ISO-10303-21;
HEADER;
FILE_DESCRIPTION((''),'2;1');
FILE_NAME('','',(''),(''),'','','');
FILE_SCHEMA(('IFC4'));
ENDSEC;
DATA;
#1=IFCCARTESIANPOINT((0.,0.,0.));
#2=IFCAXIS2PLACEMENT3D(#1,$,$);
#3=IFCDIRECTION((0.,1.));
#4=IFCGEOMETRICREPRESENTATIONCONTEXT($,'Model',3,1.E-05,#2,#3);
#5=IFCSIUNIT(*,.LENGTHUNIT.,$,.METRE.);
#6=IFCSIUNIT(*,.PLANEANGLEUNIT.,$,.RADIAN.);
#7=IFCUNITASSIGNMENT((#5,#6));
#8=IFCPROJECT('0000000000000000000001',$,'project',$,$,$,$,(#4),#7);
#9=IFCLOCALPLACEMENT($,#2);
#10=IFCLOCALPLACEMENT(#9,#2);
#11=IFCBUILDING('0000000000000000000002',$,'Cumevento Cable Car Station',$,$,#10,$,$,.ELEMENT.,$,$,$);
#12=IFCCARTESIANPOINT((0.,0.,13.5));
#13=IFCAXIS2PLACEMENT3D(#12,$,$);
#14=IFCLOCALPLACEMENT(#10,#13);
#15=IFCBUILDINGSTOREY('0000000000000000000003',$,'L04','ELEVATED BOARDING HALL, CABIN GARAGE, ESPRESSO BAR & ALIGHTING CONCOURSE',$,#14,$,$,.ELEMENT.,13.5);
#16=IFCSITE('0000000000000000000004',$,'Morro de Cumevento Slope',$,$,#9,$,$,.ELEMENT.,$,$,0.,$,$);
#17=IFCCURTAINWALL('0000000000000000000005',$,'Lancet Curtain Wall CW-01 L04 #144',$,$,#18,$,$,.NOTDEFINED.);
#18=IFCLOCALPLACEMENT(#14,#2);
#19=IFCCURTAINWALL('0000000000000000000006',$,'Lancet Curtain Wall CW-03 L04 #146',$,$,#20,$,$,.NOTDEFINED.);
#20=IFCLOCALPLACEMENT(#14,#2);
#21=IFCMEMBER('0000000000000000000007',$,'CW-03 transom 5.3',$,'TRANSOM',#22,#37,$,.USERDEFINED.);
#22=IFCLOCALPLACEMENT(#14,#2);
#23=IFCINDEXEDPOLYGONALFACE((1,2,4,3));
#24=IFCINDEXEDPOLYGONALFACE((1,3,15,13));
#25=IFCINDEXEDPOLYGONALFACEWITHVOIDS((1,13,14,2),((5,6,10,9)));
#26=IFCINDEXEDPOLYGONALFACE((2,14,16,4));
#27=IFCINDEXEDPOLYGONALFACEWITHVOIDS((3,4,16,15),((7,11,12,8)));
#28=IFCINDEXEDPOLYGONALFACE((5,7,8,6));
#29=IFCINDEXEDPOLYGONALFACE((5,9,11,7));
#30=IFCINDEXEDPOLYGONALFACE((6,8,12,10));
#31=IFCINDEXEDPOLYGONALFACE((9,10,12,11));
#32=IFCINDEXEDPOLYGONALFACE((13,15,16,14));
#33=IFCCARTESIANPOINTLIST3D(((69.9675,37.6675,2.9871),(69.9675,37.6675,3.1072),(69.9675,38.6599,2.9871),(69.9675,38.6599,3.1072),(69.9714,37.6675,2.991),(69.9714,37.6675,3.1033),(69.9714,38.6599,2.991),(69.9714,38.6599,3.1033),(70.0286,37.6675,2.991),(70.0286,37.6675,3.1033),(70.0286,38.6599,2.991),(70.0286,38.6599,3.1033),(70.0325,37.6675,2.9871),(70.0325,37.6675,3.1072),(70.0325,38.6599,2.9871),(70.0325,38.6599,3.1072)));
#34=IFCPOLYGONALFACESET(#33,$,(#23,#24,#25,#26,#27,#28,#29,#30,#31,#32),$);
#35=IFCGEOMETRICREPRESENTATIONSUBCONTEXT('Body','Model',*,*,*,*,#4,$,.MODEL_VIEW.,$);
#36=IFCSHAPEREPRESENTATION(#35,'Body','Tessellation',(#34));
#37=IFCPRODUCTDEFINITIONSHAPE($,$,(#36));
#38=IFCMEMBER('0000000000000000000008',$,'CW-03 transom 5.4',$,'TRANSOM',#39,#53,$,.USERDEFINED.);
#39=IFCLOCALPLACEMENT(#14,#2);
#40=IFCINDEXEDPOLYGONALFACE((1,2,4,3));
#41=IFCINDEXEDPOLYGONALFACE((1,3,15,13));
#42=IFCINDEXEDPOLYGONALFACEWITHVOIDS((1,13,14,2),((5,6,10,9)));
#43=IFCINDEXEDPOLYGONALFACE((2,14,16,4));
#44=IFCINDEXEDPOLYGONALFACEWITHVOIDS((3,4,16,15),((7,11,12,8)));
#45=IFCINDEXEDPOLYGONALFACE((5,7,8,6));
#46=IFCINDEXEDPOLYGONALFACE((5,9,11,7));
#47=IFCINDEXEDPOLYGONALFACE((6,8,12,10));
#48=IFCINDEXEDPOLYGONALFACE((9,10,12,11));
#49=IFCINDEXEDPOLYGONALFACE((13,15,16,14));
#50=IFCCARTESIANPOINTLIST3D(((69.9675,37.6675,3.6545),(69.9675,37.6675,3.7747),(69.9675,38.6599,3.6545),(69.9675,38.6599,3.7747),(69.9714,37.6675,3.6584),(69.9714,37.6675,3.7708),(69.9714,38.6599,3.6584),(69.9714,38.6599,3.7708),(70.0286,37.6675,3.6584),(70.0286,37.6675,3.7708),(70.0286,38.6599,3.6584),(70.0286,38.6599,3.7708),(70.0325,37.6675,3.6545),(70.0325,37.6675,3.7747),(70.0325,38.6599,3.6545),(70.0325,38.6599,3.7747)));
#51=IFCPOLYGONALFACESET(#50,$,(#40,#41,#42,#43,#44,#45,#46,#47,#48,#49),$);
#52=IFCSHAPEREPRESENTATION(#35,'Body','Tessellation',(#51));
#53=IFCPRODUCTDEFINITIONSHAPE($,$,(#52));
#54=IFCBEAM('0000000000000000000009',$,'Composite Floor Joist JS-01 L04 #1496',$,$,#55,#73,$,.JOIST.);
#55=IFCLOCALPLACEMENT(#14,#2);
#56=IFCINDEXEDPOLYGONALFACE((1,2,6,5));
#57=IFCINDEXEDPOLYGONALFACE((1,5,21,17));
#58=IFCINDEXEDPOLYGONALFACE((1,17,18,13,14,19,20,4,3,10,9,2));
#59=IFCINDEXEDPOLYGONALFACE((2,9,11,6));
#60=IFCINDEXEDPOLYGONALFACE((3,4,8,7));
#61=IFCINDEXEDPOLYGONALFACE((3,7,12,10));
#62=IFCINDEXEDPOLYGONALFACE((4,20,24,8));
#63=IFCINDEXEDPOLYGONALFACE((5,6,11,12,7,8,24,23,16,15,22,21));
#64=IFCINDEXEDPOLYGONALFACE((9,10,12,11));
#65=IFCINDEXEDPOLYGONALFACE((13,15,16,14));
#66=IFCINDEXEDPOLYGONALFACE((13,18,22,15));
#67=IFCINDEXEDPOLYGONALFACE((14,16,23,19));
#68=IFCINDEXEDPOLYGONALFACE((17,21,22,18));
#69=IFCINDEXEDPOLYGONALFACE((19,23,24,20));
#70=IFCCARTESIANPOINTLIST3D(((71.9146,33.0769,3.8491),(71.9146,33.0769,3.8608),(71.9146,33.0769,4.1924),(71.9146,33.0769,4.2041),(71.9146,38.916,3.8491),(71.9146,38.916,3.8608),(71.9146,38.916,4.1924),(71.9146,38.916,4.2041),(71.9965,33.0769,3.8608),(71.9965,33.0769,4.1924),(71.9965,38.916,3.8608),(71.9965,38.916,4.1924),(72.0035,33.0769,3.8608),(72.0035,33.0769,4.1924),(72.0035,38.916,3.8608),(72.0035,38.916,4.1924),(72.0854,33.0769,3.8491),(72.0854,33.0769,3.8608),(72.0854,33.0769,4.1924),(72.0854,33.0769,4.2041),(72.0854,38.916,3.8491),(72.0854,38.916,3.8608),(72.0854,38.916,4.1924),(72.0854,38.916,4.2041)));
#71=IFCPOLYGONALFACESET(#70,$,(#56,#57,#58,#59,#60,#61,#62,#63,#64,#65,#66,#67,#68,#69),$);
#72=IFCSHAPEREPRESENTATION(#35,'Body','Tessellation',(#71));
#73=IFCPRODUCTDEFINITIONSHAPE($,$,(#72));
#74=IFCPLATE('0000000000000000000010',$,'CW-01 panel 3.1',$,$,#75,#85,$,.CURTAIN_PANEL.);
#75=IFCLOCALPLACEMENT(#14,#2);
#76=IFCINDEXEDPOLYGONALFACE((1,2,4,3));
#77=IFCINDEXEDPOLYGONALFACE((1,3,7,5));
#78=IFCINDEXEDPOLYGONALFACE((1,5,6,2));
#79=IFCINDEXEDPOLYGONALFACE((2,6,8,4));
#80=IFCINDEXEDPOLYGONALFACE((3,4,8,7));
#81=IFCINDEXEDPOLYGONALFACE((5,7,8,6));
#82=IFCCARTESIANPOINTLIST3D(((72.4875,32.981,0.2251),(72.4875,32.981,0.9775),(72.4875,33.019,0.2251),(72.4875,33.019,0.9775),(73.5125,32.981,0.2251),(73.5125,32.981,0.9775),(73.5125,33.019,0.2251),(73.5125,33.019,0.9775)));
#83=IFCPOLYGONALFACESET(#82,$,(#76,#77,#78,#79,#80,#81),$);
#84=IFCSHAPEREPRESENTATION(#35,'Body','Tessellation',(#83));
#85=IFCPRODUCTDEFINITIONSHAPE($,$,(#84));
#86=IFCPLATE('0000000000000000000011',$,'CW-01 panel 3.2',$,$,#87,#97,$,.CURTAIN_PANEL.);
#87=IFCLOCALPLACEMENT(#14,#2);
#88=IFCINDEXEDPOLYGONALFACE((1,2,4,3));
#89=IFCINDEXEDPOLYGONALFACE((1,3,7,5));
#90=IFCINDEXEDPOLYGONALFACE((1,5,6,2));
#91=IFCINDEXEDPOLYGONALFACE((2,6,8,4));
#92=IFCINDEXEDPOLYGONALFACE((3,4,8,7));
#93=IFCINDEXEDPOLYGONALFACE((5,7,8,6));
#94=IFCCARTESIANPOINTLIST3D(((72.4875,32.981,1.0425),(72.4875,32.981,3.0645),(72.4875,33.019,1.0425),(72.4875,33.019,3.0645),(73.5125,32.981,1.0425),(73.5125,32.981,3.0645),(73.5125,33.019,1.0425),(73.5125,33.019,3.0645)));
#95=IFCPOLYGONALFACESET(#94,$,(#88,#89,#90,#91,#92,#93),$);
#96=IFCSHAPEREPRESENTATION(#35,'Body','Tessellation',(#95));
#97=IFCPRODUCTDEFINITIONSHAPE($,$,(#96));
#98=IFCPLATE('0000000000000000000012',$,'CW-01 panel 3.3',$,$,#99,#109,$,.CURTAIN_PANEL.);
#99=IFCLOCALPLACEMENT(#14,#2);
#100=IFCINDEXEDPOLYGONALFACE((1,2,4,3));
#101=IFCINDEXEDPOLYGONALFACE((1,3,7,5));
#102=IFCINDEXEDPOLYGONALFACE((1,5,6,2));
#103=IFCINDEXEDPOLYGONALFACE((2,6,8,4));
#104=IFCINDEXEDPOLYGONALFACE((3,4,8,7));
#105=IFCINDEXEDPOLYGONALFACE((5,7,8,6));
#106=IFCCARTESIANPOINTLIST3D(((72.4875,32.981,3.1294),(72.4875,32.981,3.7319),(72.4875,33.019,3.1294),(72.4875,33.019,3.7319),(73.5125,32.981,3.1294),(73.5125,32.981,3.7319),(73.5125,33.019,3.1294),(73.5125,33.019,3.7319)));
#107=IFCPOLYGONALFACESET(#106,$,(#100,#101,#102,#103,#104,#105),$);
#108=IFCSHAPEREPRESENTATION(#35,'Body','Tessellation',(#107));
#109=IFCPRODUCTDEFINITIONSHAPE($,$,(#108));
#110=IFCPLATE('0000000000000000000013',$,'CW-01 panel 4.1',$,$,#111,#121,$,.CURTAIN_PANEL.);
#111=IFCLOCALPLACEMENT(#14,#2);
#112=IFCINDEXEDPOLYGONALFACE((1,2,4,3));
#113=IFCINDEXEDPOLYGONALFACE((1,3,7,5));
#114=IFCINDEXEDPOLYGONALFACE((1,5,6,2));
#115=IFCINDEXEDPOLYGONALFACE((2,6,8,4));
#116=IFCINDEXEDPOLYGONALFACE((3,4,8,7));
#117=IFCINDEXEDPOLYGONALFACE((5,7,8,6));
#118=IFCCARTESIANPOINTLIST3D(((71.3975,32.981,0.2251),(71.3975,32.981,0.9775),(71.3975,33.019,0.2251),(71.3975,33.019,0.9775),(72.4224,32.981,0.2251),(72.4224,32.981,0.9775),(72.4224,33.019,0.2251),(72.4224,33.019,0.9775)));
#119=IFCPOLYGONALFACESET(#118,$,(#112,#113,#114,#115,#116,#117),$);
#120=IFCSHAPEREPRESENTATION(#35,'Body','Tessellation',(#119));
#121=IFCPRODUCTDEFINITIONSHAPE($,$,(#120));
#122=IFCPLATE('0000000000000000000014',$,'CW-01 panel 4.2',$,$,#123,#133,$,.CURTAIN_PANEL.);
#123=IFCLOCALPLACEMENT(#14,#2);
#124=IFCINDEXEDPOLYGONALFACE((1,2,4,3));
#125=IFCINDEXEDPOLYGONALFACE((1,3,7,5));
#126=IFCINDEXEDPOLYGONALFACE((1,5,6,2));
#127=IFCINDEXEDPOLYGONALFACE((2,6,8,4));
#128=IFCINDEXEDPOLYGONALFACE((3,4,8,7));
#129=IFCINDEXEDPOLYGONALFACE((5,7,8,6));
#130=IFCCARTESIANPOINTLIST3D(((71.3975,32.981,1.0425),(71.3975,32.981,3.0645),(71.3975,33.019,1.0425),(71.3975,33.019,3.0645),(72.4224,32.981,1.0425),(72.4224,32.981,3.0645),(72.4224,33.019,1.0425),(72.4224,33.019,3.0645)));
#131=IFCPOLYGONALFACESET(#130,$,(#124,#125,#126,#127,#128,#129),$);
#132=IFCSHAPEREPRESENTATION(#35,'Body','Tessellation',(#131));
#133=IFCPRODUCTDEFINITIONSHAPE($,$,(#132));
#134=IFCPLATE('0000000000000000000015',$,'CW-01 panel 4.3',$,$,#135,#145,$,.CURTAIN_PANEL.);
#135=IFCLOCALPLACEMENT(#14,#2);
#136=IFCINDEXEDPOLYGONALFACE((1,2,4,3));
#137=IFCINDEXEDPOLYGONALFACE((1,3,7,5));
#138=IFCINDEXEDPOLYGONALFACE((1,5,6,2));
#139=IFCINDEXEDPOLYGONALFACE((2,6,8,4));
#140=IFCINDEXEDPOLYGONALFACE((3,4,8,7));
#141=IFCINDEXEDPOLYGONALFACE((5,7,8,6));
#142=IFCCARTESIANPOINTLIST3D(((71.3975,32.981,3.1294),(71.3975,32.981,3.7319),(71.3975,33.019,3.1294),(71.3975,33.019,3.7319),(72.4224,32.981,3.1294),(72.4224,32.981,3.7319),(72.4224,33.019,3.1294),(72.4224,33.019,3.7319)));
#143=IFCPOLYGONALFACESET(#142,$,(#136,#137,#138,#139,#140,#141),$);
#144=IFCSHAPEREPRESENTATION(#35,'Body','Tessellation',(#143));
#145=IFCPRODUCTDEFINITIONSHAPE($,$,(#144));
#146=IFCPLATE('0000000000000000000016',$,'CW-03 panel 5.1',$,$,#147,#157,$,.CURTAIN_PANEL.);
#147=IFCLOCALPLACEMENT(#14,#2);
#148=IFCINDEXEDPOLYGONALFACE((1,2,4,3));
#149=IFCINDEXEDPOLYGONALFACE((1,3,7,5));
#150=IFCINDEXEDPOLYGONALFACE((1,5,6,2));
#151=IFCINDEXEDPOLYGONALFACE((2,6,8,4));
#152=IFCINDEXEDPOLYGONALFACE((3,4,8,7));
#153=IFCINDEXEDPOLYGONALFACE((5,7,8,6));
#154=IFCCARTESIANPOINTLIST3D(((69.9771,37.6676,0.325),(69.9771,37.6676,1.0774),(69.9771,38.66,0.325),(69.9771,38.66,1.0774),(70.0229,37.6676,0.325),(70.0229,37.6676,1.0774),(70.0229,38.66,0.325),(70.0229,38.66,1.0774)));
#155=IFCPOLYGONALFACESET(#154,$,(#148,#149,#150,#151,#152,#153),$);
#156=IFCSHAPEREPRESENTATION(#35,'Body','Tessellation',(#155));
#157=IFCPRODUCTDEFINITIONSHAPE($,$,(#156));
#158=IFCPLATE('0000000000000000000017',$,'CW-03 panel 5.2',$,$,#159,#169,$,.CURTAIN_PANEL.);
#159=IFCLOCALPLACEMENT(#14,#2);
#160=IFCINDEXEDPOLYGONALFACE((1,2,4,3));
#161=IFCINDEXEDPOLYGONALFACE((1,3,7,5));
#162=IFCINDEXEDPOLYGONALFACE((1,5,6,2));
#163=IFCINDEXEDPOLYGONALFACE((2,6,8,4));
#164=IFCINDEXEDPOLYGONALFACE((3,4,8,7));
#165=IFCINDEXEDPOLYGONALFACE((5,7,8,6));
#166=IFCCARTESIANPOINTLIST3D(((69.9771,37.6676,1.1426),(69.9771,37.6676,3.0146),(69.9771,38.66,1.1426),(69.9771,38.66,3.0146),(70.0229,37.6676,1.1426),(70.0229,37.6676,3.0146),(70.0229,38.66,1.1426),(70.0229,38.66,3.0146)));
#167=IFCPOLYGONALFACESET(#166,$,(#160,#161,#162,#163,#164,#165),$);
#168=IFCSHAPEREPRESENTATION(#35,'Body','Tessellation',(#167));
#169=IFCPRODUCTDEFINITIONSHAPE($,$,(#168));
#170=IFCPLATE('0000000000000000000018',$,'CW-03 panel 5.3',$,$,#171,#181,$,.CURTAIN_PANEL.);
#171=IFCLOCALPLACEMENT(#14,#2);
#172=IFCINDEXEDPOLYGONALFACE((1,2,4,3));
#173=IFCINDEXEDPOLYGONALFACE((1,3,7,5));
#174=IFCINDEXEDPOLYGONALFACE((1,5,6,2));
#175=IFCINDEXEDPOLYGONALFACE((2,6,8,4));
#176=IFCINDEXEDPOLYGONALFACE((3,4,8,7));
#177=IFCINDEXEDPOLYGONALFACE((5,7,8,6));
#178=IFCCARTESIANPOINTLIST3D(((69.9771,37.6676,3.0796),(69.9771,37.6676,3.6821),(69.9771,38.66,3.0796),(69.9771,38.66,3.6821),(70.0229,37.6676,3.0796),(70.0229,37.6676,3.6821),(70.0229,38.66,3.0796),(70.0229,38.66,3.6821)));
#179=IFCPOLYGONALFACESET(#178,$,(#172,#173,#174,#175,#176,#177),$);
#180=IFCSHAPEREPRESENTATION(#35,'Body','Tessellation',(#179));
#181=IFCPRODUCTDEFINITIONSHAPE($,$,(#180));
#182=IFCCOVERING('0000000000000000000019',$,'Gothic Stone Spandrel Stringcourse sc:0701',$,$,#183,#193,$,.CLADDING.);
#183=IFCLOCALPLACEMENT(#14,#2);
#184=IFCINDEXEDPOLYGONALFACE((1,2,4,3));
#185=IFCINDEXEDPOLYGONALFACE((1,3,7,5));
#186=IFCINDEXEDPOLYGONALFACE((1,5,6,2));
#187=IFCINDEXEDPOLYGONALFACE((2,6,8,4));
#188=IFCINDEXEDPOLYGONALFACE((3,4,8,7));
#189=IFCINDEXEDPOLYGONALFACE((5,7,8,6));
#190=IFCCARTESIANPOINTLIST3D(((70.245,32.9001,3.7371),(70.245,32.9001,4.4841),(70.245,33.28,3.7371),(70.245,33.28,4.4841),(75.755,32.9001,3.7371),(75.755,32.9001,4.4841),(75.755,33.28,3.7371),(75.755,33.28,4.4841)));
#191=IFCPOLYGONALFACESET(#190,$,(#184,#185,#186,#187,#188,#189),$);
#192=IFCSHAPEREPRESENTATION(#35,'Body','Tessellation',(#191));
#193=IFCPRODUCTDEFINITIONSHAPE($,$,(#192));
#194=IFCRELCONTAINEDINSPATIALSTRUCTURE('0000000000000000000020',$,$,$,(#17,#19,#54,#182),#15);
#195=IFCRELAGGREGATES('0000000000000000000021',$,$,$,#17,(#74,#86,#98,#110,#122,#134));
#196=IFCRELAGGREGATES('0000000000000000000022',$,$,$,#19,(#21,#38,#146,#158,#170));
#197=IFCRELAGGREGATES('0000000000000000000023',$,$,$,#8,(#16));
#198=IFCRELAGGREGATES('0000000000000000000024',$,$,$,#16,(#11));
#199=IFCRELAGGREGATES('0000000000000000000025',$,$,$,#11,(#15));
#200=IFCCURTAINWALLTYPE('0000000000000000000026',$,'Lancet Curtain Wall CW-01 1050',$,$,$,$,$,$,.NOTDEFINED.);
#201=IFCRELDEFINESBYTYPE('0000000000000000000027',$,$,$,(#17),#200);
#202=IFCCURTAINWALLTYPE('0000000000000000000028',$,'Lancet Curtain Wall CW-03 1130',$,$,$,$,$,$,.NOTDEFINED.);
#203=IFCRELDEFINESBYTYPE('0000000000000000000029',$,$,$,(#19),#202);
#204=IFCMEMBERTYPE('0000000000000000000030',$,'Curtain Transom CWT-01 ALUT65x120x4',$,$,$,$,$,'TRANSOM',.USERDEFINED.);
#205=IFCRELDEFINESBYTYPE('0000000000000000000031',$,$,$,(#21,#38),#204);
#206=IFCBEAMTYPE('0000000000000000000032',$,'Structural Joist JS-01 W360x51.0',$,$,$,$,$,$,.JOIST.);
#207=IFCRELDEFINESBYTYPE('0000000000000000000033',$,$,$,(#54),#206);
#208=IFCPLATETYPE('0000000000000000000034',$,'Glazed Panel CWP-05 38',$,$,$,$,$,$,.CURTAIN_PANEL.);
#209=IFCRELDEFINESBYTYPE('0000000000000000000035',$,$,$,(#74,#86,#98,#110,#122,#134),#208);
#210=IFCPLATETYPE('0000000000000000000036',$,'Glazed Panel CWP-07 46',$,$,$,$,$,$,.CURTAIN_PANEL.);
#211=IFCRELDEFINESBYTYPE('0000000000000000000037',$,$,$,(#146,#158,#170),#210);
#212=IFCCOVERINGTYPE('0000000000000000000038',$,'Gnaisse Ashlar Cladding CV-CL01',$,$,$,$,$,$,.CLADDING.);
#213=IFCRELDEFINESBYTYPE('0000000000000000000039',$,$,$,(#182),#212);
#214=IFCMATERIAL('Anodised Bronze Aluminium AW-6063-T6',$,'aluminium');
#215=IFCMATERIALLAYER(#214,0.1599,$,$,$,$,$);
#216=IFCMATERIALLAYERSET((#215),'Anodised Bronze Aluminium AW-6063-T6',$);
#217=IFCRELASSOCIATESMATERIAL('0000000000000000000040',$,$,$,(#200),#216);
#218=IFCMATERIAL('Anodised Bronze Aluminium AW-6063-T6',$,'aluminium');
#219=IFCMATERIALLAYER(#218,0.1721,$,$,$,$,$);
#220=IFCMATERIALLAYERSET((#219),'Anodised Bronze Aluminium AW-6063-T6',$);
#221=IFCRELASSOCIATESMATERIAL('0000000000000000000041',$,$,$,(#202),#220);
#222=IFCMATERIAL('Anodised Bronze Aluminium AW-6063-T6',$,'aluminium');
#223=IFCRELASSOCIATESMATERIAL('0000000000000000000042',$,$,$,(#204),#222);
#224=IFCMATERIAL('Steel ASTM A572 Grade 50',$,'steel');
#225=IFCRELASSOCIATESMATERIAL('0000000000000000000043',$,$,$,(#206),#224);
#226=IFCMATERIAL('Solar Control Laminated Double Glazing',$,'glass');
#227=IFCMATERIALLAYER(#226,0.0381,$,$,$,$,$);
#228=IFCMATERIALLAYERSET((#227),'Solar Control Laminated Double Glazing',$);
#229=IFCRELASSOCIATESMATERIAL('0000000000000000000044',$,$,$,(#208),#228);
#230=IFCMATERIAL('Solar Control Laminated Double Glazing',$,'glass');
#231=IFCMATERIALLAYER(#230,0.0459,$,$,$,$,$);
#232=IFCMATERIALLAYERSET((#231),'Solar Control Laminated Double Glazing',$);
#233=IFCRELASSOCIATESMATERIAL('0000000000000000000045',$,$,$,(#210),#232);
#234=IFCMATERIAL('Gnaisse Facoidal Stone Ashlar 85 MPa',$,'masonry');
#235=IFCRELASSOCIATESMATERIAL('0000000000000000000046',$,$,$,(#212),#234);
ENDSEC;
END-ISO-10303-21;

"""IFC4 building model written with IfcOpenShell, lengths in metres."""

from ifc_helpers import new_model, si_unit, direction, frame, origin, origin_2d, place, context, subcontext, project, spatial, rectangle, hollow_rectangle, i_section, extrude, material, layer, layer_set, material_profile, profile_set, type_object, element, aggregate, save


model = new_model("IFC4")

# Units and contexts
model_context = context("Model", 3, precision=1e-05, world=origin(), true_north=direction((0.0, 1.0)))
body_context = subcontext(model_context, "Body", "Model", "MODEL_VIEW")
ifc_project = project(units=[si_unit("LENGTHUNIT", "METRE"), si_unit("PLANEANGLEUNIT", "RADIAN")], contexts=[model_context])

# Site, building, storey
site_placement = place(None, origin())
site = spatial("IfcSite", under=ifc_project, at=site_placement, Name="Morro de Cumevento Slope", CompositionType="ELEMENT", RefElevation=0.0)
building_placement = place(site_placement, origin())
building = spatial("IfcBuilding", under=site, at=building_placement, Name="Cumevento Cable Car Station", CompositionType="ELEMENT")
storey_placement = place(building_placement, frame((0.0, 0.0, 13.5)))
storey = spatial("IfcBuildingStorey", under=building, at=storey_placement, Name="L04", Description="ELEVATED BOARDING HALL, CABIN GARAGE, ESPRESSO BAR & ALIGHTING CONCOURSE", CompositionType="ELEMENT", Elevation=13.5)

# Curtain wall
ifc_material_1 = material(Name="Anodised Bronze Aluminium AW-6063-T6", Category="aluminium")
ifc_layer_1 = layer(ifc_material_1, 0.1599)
ifc_layer_set_1 = layer_set([ifc_layer_1], Name="Anodised Bronze Aluminium AW-6063-T6")
curtain_wall_type_1 = type_object("IfcCurtainWallType", Name="Lancet Curtain Wall CW-01 1050", PredefinedType="NOTDEFINED", material=ifc_layer_set_1)
curtain_wall_1_placement = place(storey_placement, origin())
curtain_wall_1 = element("IfcCurtainWall", 1, at=curtain_wall_1_placement, inside=storey, type_object=curtain_wall_type_1, Name="Lancet Curtain Wall CW-01 L04 #144", PredefinedType="NOTDEFINED")

# Curtain wall
ifc_material_2 = material(Name="Anodised Bronze Aluminium AW-6063-T6", Category="aluminium")
ifc_layer_2 = layer(ifc_material_2, 0.1721)
ifc_layer_set_2 = layer_set([ifc_layer_2], Name="Anodised Bronze Aluminium AW-6063-T6")
curtain_wall_type_2 = type_object("IfcCurtainWallType", Name="Lancet Curtain Wall CW-03 1130", PredefinedType="NOTDEFINED", material=ifc_layer_set_2)
curtain_wall_2_placement = place(storey_placement, origin())
curtain_wall_2 = element("IfcCurtainWall", 2, at=curtain_wall_2_placement, inside=storey, type_object=curtain_wall_type_2, Name="Lancet Curtain Wall CW-03 L04 #146", PredefinedType="NOTDEFINED")

# Members
ifc_material_3 = material(Name="Anodised Bronze Aluminium AW-6063-T6", Category="aluminium")
ifc_material_profile_1 = material_profile(ifc_material_3, hollow_rectangle(XDim=0.0649, YDim=0.1201, WallThickness=0.0039, at=origin_2d()), Name="ALUT65x120x4")
ifc_profile_set_1 = profile_set([ifc_material_profile_1], Name="Anodised Bronze Aluminium AW-6063-T6")
member_type_1 = type_object("IfcMemberType", Name="Curtain Transom CWT-01 ALUT65x120x4", ElementType="TRANSOM", PredefinedType="USERDEFINED", material=ifc_profile_set_1)
member_1_placement = place(storey_placement, frame((70.0, 37.6675, 3.0471), z_axis=(0.0, 1.0, 0.0), x_axis=(-1.0, 0.0, 0.0)))
member_1 = element("IfcMember", 3, at=member_1_placement, type_object=member_type_1, Name="CW-03 transom 5.3", ObjectType="TRANSOM", PredefinedType="USERDEFINED", context=body_context, shape_type="SweptSolid", body=[
    extrude(hollow_rectangle(XDim=0.0649, YDim=0.1201, WallThickness=0.0039, at=origin_2d()), origin(), (0.0, 0.0, 1.0), 0.9924),
])
member_2_placement = place(storey_placement, frame((70.0, 37.6675, 3.7146), z_axis=(0.0, 1.0, 0.0), x_axis=(-1.0, 0.0, 0.0)))
member_2 = element("IfcMember", 4, at=member_2_placement, type_object=member_type_1, Name="CW-03 transom 5.4", ObjectType="TRANSOM", PredefinedType="USERDEFINED", context=body_context, shape_type="SweptSolid", body=[
    extrude(hollow_rectangle(XDim=0.0649, YDim=0.1201, WallThickness=0.0039, at=origin_2d()), origin(), (0.0, 0.0, 1.0), 0.9924),
])

# Beam
ifc_material_4 = material(Name="Steel ASTM A572 Grade 50", Category="steel")
ifc_material_profile_2 = material_profile(ifc_material_4, i_section(OverallWidth=0.1709, OverallDepth=0.355, WebThickness=0.0071, FlangeThickness=0.0117, at=origin_2d()), Name="W360x51.0")
ifc_profile_set_2 = profile_set([ifc_material_profile_2], Name="Steel ASTM A572 Grade 50")
beam_type = type_object("IfcBeamType", Name="Structural Joist JS-01 W360x51.0", PredefinedType="JOIST", material=ifc_profile_set_2)
beam_placement = place(storey_placement, frame((72.0, 33.0769, 4.0266), z_axis=(0.0, 1.0, 0.0), x_axis=(-1.0, 0.0, 0.0)))
element("IfcBeam", 5, at=beam_placement, inside=storey, type_object=beam_type, Name="Composite Floor Joist JS-01 L04 #1496", PredefinedType="JOIST", context=body_context, shape_type="SweptSolid", body=[
    extrude(i_section(OverallWidth=0.1709, OverallDepth=0.355, WebThickness=0.0071, FlangeThickness=0.0117, at=origin_2d()), origin(), (0.0, 0.0, 1.0), 5.8391),
])

# Plates
ifc_material_5 = material(Name="Solar Control Laminated Double Glazing", Category="glass")
ifc_layer_3 = layer(ifc_material_5, 0.0381)
ifc_layer_set_3 = layer_set([ifc_layer_3], Name="Solar Control Laminated Double Glazing")
plate_type_1 = type_object("IfcPlateType", Name="Glazed Panel CWP-05 38", PredefinedType="CURTAIN_PANEL", material=ifc_layer_set_3)
plate_1_placement = place(storey_placement, frame((73.0, 33.0, 0.2251), z_axis=(0.0, 0.0, 1.0), x_axis=(-1.0, 0.0, 0.0)))
plate_1 = element("IfcPlate", 6, at=plate_1_placement, type_object=plate_type_1, Name="CW-01 panel 3.1", PredefinedType="CURTAIN_PANEL", context=body_context, shape_type="SweptSolid", body=[
    extrude(rectangle(XDim=1.0249, YDim=0.0381, at=origin_2d()), origin(), (0.0, 0.0, 1.0), 0.7524),
])
plate_2_placement = place(storey_placement, frame((73.0, 33.0, 1.0425), z_axis=(0.0, 0.0, 1.0), x_axis=(-1.0, 0.0, 0.0)))
plate_2 = element("IfcPlate", 7, at=plate_2_placement, type_object=plate_type_1, Name="CW-01 panel 3.2", PredefinedType="CURTAIN_PANEL", context=body_context, shape_type="SweptSolid", body=[
    extrude(rectangle(XDim=1.0249, YDim=0.0381, at=origin_2d()), origin(), (0.0, 0.0, 1.0), 2.022),
])
plate_3_placement = place(storey_placement, frame((73.0, 33.0, 3.1294), z_axis=(0.0, 0.0, 1.0), x_axis=(-1.0, 0.0, 0.0)))
plate_3 = element("IfcPlate", 8, at=plate_3_placement, type_object=plate_type_1, Name="CW-01 panel 3.3", PredefinedType="CURTAIN_PANEL", context=body_context, shape_type="SweptSolid", body=[
    extrude(rectangle(XDim=1.0249, YDim=0.0381, at=origin_2d()), origin(), (0.0, 0.0, 1.0), 0.6025),
])
plate_4_placement = place(storey_placement, frame((71.9099, 33.0, 0.2251), z_axis=(0.0, 0.0, 1.0), x_axis=(-1.0, 0.0, 0.0)))
plate_4 = element("IfcPlate", 9, at=plate_4_placement, type_object=plate_type_1, Name="CW-01 panel 4.1", PredefinedType="CURTAIN_PANEL", context=body_context, shape_type="SweptSolid", body=[
    extrude(rectangle(XDim=1.0249, YDim=0.0381, at=origin_2d()), origin(), (0.0, 0.0, 1.0), 0.7524),
])
plate_5_placement = place(storey_placement, frame((71.9099, 33.0, 1.0425), z_axis=(0.0, 0.0, 1.0), x_axis=(-1.0, 0.0, 0.0)))
plate_5 = element("IfcPlate", 10, at=plate_5_placement, type_object=plate_type_1, Name="CW-01 panel 4.2", PredefinedType="CURTAIN_PANEL", context=body_context, shape_type="SweptSolid", body=[
    extrude(rectangle(XDim=1.0249, YDim=0.0381, at=origin_2d()), origin(), (0.0, 0.0, 1.0), 2.022),
])
plate_6_placement = place(storey_placement, frame((71.9099, 33.0, 3.1294), z_axis=(0.0, 0.0, 1.0), x_axis=(-1.0, 0.0, 0.0)))
plate_6 = element("IfcPlate", 11, at=plate_6_placement, type_object=plate_type_1, Name="CW-01 panel 4.3", PredefinedType="CURTAIN_PANEL", context=body_context, shape_type="SweptSolid", body=[
    extrude(rectangle(XDim=1.0249, YDim=0.0381, at=origin_2d()), origin(), (0.0, 0.0, 1.0), 0.6025),
])
aggregate(curtain_wall_1, [plate_1, plate_2, plate_3, plate_4, plate_5, plate_6])
ifc_material_6 = material(Name="Solar Control Laminated Double Glazing", Category="glass")
ifc_layer_4 = layer(ifc_material_6, 0.0459)
ifc_layer_set_4 = layer_set([ifc_layer_4], Name="Solar Control Laminated Double Glazing")
plate_type_2 = type_object("IfcPlateType", Name="Glazed Panel CWP-07 46", PredefinedType="CURTAIN_PANEL", material=ifc_layer_set_4)
plate_7_placement = place(storey_placement, frame((70.0, 38.1638, 0.325), z_axis=(0.0, 0.0, 1.0), x_axis=(0.0, 1.0, 0.0)))
plate_7 = element("IfcPlate", 12, at=plate_7_placement, type_object=plate_type_2, Name="CW-03 panel 5.1", PredefinedType="CURTAIN_PANEL", context=body_context, shape_type="SweptSolid", body=[
    extrude(rectangle(XDim=0.9924, YDim=0.0459, at=origin_2d()), origin(), (0.0, 0.0, 1.0), 0.7524),
])
plate_8_placement = place(storey_placement, frame((70.0, 38.1638, 1.1426), z_axis=(0.0, 0.0, 1.0), x_axis=(0.0, 1.0, 0.0)))
plate_8 = element("IfcPlate", 13, at=plate_8_placement, type_object=plate_type_2, Name="CW-03 panel 5.2", PredefinedType="CURTAIN_PANEL", context=body_context, shape_type="SweptSolid", body=[
    extrude(rectangle(XDim=0.9924, YDim=0.0459, at=origin_2d()), origin(), (0.0, 0.0, 1.0), 1.8721),
])
plate_9_placement = place(storey_placement, frame((70.0, 38.1638, 3.0796), z_axis=(0.0, 0.0, 1.0), x_axis=(0.0, 1.0, 0.0)))
plate_9 = element("IfcPlate", 14, at=plate_9_placement, type_object=plate_type_2, Name="CW-03 panel 5.3", PredefinedType="CURTAIN_PANEL", context=body_context, shape_type="SweptSolid", body=[
    extrude(rectangle(XDim=0.9924, YDim=0.0459, at=origin_2d()), origin(), (0.0, 0.0, 1.0), 0.6025),
])
aggregate(curtain_wall_2, [member_1, member_2, plate_7, plate_8, plate_9])

# Covering
ifc_material_7 = material(Name="Gnaisse Facoidal Stone Ashlar 85 MPa", Category="masonry")
covering_type = type_object("IfcCoveringType", Name="Gnaisse Ashlar Cladding CV-CL01", PredefinedType="CLADDING", material=ifc_material_7)
covering_1_placement = place(storey_placement, frame((73.0, 33.0901, 3.7371), z_axis=(0.0, 0.0, 1.0), x_axis=(-1.0, 0.0, 0.0)))
element("IfcCovering", 15, at=covering_1_placement, inside=storey, type_object=covering_type, Name="Gothic Stone Spandrel Stringcourse sc:0701", PredefinedType="CLADDING", context=body_context, shape_type="SweptSolid", body=[
    extrude(rectangle(XDim=5.51, YDim=0.3799, at=origin_2d()), origin(), (0.0, 0.0, 1.0), 0.7471),
])

save(model, "model.ifc")
